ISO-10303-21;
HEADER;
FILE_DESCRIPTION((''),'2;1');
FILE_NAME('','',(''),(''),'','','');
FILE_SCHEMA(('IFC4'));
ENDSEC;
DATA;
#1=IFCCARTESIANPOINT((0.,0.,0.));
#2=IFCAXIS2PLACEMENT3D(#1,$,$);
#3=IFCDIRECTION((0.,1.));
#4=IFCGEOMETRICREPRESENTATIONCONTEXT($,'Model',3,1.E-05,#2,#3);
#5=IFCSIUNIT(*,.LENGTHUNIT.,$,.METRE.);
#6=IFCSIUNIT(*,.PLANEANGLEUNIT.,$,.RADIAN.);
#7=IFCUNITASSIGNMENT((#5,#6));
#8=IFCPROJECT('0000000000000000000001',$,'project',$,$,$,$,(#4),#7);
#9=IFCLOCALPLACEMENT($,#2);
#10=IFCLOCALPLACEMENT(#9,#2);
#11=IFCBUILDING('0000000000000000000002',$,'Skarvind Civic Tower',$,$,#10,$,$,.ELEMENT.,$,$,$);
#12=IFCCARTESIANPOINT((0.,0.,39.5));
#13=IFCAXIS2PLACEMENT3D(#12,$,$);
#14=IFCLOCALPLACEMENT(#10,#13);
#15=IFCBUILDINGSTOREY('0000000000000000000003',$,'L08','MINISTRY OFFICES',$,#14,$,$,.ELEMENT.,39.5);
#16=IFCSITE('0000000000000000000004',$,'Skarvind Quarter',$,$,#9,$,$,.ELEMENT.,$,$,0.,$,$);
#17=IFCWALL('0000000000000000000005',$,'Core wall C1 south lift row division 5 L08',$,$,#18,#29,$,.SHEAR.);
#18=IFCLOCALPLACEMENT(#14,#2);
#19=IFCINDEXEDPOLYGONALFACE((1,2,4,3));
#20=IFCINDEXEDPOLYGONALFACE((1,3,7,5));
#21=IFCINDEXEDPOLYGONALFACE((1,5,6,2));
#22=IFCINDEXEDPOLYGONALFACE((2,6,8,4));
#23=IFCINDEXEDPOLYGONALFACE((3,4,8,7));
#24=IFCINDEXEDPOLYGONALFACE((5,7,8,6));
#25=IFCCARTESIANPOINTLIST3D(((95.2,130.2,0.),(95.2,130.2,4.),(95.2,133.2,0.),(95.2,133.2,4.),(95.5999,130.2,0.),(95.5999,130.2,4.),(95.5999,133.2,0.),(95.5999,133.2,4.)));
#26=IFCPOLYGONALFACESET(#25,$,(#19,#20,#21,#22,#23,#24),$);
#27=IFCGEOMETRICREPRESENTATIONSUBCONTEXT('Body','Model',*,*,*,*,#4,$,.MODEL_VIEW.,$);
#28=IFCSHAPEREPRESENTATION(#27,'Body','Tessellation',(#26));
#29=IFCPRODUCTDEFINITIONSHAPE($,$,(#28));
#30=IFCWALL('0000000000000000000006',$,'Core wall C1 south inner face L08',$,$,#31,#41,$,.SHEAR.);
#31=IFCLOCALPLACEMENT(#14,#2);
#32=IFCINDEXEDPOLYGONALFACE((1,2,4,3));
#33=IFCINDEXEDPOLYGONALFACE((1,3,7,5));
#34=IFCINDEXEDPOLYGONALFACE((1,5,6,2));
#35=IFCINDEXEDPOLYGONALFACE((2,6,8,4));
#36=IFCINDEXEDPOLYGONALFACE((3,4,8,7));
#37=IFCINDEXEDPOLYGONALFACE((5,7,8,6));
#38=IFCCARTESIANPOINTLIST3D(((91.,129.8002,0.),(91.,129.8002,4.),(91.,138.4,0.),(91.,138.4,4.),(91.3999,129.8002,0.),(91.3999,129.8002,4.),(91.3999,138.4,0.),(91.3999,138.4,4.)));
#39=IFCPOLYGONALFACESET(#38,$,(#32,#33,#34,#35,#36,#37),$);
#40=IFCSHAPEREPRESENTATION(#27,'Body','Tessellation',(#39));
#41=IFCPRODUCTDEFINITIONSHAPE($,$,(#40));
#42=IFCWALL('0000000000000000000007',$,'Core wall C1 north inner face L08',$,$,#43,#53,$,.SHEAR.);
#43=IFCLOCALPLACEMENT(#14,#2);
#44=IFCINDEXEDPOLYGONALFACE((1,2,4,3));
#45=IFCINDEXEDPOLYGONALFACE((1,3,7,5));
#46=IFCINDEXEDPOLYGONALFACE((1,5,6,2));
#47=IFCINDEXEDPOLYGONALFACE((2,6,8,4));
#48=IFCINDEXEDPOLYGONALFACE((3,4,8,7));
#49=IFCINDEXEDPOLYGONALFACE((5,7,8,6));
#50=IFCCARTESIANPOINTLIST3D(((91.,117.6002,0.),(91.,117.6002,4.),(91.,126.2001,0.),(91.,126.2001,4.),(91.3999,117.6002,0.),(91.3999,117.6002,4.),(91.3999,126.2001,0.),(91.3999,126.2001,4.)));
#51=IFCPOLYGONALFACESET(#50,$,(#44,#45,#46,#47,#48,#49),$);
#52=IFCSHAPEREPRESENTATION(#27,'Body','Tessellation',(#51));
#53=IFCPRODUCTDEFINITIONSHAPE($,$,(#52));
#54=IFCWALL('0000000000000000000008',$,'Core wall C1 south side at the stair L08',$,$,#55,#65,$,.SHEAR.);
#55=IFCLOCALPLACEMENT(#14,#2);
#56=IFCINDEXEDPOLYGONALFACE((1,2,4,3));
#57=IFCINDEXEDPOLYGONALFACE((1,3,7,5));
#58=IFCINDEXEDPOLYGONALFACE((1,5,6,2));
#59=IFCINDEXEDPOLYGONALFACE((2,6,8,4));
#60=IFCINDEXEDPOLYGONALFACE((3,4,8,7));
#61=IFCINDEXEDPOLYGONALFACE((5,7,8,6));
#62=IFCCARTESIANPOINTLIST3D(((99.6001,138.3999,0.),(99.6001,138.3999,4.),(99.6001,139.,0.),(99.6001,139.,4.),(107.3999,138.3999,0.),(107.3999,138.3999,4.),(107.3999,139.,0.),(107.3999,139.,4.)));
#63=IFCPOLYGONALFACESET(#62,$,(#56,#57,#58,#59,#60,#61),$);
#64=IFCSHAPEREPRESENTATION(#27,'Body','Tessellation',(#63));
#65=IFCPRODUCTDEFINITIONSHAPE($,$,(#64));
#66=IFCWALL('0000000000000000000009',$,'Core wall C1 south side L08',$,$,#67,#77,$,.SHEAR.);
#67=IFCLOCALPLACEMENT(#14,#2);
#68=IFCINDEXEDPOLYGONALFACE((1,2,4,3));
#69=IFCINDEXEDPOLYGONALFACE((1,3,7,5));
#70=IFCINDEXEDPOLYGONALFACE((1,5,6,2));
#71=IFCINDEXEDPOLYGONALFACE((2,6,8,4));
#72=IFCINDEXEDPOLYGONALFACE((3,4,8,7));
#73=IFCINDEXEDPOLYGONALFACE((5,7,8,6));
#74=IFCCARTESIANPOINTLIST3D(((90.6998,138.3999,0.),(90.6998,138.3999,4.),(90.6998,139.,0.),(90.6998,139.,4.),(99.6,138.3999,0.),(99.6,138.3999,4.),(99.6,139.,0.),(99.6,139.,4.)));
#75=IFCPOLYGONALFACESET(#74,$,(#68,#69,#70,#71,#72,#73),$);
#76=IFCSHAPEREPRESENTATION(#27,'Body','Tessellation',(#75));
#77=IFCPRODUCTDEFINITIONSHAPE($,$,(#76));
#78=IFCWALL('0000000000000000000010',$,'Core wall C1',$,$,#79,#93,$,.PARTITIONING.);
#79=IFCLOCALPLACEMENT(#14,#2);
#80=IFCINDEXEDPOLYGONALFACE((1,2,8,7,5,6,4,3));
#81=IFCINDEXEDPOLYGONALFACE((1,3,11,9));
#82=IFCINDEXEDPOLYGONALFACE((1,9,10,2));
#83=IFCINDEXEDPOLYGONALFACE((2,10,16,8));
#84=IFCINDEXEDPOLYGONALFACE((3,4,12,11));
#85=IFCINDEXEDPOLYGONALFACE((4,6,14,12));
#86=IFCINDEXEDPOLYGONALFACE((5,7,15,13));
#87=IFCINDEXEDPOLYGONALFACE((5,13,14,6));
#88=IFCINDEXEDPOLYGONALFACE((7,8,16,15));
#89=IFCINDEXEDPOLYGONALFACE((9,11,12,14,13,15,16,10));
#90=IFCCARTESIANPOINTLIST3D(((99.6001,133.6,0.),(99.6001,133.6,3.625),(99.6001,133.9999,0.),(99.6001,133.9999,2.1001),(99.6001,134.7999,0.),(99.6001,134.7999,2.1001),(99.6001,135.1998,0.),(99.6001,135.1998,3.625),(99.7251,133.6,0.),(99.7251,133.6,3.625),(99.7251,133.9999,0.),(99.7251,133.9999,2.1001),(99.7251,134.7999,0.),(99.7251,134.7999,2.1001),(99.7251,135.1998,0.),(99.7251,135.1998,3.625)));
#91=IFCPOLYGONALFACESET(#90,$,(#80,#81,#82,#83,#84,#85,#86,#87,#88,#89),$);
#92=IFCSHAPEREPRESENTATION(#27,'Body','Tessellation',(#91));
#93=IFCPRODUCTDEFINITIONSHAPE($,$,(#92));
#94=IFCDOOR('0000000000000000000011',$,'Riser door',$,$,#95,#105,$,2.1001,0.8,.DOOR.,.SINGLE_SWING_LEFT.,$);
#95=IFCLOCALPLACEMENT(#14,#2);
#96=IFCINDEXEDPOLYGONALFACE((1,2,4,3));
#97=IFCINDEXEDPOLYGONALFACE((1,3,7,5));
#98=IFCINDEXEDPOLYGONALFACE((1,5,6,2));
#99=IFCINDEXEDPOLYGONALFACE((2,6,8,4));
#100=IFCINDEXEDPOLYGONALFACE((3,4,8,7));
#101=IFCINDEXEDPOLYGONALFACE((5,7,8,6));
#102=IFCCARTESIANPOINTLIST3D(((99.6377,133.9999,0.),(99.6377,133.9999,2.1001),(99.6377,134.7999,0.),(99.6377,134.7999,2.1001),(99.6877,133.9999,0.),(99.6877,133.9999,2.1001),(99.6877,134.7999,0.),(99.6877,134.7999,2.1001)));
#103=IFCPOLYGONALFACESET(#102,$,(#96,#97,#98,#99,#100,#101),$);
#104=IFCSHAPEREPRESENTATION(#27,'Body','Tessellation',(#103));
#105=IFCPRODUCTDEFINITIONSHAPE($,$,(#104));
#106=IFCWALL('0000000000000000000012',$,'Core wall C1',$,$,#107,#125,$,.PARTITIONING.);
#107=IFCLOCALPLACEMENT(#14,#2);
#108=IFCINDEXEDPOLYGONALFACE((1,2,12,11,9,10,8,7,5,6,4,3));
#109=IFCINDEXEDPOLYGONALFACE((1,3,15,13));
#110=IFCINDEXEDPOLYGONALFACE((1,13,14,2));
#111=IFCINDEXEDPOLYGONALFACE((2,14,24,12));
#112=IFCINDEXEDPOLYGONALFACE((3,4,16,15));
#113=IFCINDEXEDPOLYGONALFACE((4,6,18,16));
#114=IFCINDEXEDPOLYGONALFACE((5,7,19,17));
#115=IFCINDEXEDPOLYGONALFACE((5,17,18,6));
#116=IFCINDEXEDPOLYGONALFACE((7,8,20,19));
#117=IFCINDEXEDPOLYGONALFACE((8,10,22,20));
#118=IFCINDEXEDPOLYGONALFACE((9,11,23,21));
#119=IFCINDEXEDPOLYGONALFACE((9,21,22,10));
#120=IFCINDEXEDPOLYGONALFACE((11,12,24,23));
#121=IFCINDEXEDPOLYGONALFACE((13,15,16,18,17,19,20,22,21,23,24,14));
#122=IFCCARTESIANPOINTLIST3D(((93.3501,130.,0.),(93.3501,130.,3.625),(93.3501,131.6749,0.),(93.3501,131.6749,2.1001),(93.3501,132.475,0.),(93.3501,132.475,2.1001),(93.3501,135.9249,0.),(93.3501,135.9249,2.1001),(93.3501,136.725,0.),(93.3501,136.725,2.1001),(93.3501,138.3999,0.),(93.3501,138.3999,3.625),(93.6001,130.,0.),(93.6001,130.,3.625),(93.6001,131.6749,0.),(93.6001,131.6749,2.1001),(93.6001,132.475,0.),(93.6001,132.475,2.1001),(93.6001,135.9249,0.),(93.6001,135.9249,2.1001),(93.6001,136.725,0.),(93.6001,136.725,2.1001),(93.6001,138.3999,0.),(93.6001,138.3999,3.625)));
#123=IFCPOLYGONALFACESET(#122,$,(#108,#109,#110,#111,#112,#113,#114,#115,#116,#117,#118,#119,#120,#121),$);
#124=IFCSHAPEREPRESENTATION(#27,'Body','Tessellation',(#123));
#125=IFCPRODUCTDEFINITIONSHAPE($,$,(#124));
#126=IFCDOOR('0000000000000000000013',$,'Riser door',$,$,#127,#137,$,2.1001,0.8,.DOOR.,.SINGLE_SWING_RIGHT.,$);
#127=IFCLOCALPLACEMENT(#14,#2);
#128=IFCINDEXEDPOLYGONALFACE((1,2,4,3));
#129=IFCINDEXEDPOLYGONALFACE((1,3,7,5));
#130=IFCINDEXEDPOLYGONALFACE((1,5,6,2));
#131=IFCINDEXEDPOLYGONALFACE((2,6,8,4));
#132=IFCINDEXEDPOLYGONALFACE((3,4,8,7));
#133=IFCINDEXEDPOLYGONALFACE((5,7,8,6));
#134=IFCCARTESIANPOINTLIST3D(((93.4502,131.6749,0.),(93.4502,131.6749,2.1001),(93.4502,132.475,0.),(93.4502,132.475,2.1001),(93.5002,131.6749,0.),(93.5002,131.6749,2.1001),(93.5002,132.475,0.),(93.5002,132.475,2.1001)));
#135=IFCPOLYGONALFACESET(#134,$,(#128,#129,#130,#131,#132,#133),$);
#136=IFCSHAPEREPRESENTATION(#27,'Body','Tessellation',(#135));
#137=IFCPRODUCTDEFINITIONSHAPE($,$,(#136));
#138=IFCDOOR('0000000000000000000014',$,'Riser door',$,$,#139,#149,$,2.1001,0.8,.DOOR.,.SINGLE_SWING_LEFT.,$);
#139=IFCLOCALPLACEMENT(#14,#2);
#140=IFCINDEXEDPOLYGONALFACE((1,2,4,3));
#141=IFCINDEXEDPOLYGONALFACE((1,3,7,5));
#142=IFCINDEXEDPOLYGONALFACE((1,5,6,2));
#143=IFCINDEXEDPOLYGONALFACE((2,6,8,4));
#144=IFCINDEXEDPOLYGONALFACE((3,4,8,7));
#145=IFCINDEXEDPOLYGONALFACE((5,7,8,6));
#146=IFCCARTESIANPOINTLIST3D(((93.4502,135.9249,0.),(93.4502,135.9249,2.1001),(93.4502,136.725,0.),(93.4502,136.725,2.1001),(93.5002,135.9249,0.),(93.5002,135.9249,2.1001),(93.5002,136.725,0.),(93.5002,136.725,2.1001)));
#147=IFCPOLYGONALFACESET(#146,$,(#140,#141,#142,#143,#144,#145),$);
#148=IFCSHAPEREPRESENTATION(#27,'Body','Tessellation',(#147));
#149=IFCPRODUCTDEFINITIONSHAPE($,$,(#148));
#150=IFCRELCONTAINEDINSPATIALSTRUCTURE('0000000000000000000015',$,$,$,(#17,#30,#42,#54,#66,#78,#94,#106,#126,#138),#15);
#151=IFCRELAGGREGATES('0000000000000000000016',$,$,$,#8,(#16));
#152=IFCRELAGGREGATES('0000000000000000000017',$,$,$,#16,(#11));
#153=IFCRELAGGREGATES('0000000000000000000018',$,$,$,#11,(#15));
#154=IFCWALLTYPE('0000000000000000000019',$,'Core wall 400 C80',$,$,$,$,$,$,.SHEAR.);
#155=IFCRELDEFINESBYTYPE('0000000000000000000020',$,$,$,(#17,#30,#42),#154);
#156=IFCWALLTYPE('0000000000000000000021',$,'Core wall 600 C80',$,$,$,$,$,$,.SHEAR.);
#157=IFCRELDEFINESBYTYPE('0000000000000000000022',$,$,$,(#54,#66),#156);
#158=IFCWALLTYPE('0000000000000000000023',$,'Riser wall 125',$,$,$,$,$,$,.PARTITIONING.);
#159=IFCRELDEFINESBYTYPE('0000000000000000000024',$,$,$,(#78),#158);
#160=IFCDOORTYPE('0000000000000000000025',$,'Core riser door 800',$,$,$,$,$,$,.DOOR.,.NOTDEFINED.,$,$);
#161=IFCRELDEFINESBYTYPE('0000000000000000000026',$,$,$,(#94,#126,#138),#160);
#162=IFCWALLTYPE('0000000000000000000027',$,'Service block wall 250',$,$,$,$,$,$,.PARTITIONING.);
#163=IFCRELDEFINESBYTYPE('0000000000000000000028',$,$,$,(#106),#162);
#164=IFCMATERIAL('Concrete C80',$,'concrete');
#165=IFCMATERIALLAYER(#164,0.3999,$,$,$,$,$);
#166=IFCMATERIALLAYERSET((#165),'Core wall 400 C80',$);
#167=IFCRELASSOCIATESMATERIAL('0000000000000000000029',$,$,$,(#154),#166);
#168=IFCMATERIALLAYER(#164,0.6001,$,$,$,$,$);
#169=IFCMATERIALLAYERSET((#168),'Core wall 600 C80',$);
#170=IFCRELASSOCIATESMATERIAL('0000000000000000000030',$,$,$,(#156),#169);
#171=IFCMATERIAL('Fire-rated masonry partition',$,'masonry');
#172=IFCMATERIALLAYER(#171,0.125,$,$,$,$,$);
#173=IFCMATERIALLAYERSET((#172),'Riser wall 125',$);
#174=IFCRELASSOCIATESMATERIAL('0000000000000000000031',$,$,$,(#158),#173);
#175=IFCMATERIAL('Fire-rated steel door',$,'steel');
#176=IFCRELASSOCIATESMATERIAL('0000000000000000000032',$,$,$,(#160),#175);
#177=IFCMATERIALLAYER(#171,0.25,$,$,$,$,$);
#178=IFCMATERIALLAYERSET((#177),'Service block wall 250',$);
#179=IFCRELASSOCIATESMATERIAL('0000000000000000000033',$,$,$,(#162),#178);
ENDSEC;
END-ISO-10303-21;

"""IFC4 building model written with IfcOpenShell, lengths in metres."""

from ifc_helpers import new_model, si_unit, direction, frame, frame_2d, origin, place, context, subcontext, project, spatial, rectangle, extrude, material, layer, layer_set, type_object, element, fill, save


model = new_model("IFC4")

# Units and contexts
model_context = context("Model", 3, precision=1e-05, world=origin(), true_north=direction((0.0, 1.0)))
body_context = subcontext(model_context, "Body", "Model", "MODEL_VIEW")
ifc_project = project(units=[si_unit("LENGTHUNIT", "METRE"), si_unit("PLANEANGLEUNIT", "RADIAN")], contexts=[model_context])

# Site, building, storey
site_placement = place(None, origin())
site = spatial("IfcSite", under=ifc_project, at=site_placement, Name="Skarvind Quarter", CompositionType="ELEMENT", RefElevation=0.0)
building_placement = place(site_placement, origin())
building = spatial("IfcBuilding", under=site, at=building_placement, Name="Skarvind Civic Tower", CompositionType="ELEMENT")
storey_placement = place(building_placement, frame((0.0, 0.0, 39.5)))
storey = spatial("IfcBuildingStorey", under=building, at=storey_placement, Name="L08", Description="MINISTRY OFFICES", CompositionType="ELEMENT", Elevation=39.5)

# Shared definitions
ifc_material_1 = material(Name="Concrete C80", Category="concrete")

# Shared definitions
ifc_material_2 = material(Name="Fire-rated masonry partition", Category="masonry")
ifc_material_3 = material(Name="Fire-rated steel door", Category="steel")

# Shared definitions
ifc_layer_1 = layer(ifc_material_1, 0.3999)
ifc_layer_set_1 = layer_set([ifc_layer_1], Name="Core wall 400 C80")
wall_type_1 = type_object("IfcWallType", Name="Core wall 400 C80", PredefinedType="SHEAR", material=ifc_layer_set_1)

# Walls
for number, where, z_axis, x_axis, name in (
    (1, (95.3999, 133.2, 0.0), (0.0, 0.0, 1.0), (0.0, -1.0, 0.0), "Core wall C1 south lift row division 5 L08"),
):
    element("IfcWall", number, at=place(storey_placement, frame(where, z_axis=z_axis, x_axis=x_axis)), inside=storey, type_object=wall_type_1, Name=name, PredefinedType="SHEAR", context=body_context, shape_type="SweptSolid", body=[
        extrude(rectangle(XDim=3.0, YDim=0.3999, at=frame_2d((1.5, 0.0))), origin(), (0.0, 0.0, 1.0), 4.0),
    ])
for number, where, z_axis, x_axis, name in (
    (2, (91.2, 138.3999, 0.0), (0.0, 0.0, 1.0), (0.0, -1.0, 0.0), "Core wall C1 south inner face L08"),
    (3, (91.2, 126.2, 0.0), (0.0, 0.0, 1.0), (0.0, -1.0, 0.0), "Core wall C1 north inner face L08"),
):
    element("IfcWall", number, at=place(storey_placement, frame(where, z_axis=z_axis, x_axis=x_axis)), inside=storey, type_object=wall_type_1, Name=name, PredefinedType="SHEAR", context=body_context, shape_type="SweptSolid", body=[
        extrude(rectangle(XDim=8.5999, YDim=0.3999, at=frame_2d((4.2998, 0.0))), origin(), (0.0, 0.0, 1.0), 4.0),
    ])
ifc_layer_2 = layer(ifc_material_1, 0.6001)
ifc_layer_set_2 = layer_set([ifc_layer_2], Name="Core wall 600 C80")
wall_type_2 = type_object("IfcWallType", Name="Core wall 600 C80", PredefinedType="SHEAR", material=ifc_layer_set_2)
wall_1_placement = place(storey_placement, frame((107.3999, 138.7, 0.0), z_axis=(0.0, 0.0, 1.0), x_axis=(-1.0, 0.0, 0.0)))
element("IfcWall", 4, at=wall_1_placement, inside=storey, type_object=wall_type_2, Name="Core wall C1 south side at the stair L08", PredefinedType="SHEAR", context=body_context, shape_type="SweptSolid", body=[
    extrude(rectangle(XDim=7.7998, YDim=0.6001, at=frame_2d((3.8999, 0.0))), origin(), (0.0, 0.0, 1.0), 4.0),
])
wall_2_placement = place(storey_placement, frame((99.6001, 138.7, 0.0), z_axis=(0.0, 0.0, 1.0), x_axis=(-1.0, 0.0, 0.0)))
element("IfcWall", 5, at=wall_2_placement, inside=storey, type_object=wall_type_2, Name="Core wall C1 south side L08", PredefinedType="SHEAR", context=body_context, shape_type="SweptSolid", body=[
    extrude(rectangle(XDim=8.9001, YDim=0.6001, at=frame_2d((4.4502, 0.0))), origin(), (0.0, 0.0, 1.0), 4.0),
])

# Wall, opening, door
ifc_layer_3 = layer(ifc_material_2, 0.125)
ifc_layer_set_3 = layer_set([ifc_layer_3], Name="Riser wall 125")
wall_type_3 = type_object("IfcWallType", Name="Riser wall 125", PredefinedType="PARTITIONING", material=ifc_layer_set_3)
wall_3_placement = place(storey_placement, frame((99.6626, 133.6001, 0.0), z_axis=(0.0, 0.0, 1.0), x_axis=(0.0, 1.0, 0.0)))
wall_3 = element("IfcWall", 6, at=wall_3_placement, inside=storey, type_object=wall_type_3, Name="Core wall C1", PredefinedType="PARTITIONING", context=body_context, shape_type="SweptSolid", body=[
    extrude(rectangle(XDim=1.5999, YDim=0.125, at=frame_2d((0.7998, 0.0))), origin(), (0.0, 0.0, 1.0), 3.625),
])
opening_1_placement = place(wall_3_placement, frame((0.3999, 0.0, 0.0)))
opening_1 = element("IfcOpeningElement", 7, at=opening_1_placement, cuts=wall_3, PredefinedType="OPENING", context=body_context, shape_type="SweptSolid", body=[
    extrude(rectangle(XDim=0.8, YDim=2.1001, at=frame_2d((0.3999, 1.05))), frame((0.0, 0.0725, 0.0), z_axis=(0.0, -1.0, 0.0), x_axis=(1.0, 0.0, 0.0)), (0.0, 0.0, 1.0), 0.145),
])
door_type_1 = type_object("IfcDoorType", Name="Core riser door 800", OperationType="NOTDEFINED", PredefinedType="DOOR", material=ifc_material_3)
door_1_placement = place(opening_1_placement, origin())
door_1 = element("IfcDoor", 8, at=door_1_placement, inside=storey, type_object=door_type_1, Name="Riser door", OperationType="SINGLE_SWING_LEFT", OverallHeight=2.1001, OverallWidth=0.8, PredefinedType="DOOR", context=body_context, shape_type="SweptSolid", body=[
    extrude(rectangle(XDim=0.8, YDim=2.1001, at=frame_2d((0.3999, 1.05))), frame((0.0, 0.0249, 0.0), z_axis=(0.0, -1.0, 0.0), x_axis=(1.0, 0.0, 0.0)), (0.0, 0.0, 1.0), 0.05),
])
fill(opening_1, door_1)

# Wall, openings, doors
ifc_layer_4 = layer(ifc_material_2, 0.25)
ifc_layer_set_4 = layer_set([ifc_layer_4], Name="Service block wall 250")
wall_type_4 = type_object("IfcWallType", Name="Service block wall 250", PredefinedType="PARTITIONING", material=ifc_layer_set_4)
wall_4_placement = place(storey_placement, frame((93.4751, 130.0, 0.0), z_axis=(0.0, 0.0, 1.0), x_axis=(0.0, 1.0, 0.0)))
wall_4 = element("IfcWall", 9, at=wall_4_placement, inside=storey, type_object=wall_type_4, Name="Core wall C1", PredefinedType="PARTITIONING", context=body_context, shape_type="SweptSolid", body=[
    extrude(rectangle(XDim=8.3999, YDim=0.25, at=frame_2d((4.2, 0.0))), origin(), (0.0, 0.0, 1.0), 3.625),
])
opening_2_placement = place(wall_4_placement, frame((1.675, 0.0, 0.0)))
opening_2 = element("IfcOpeningElement", 10, at=opening_2_placement, cuts=wall_4, PredefinedType="OPENING", context=body_context, shape_type="SweptSolid", body=[
    extrude(rectangle(XDim=0.8, YDim=2.1001, at=frame_2d((0.3999, 1.05))), frame((0.0, 0.135, 0.0), z_axis=(0.0, -1.0, 0.0), x_axis=(1.0, 0.0, 0.0)), (0.0, 0.0, 1.0), 0.27),
])
opening_3_placement = place(wall_4_placement, frame((5.925, 0.0, 0.0)))
opening_3 = element("IfcOpeningElement", 11, at=opening_3_placement, cuts=wall_4, PredefinedType="OPENING", context=body_context, shape_type="SweptSolid", body=[
    extrude(rectangle(XDim=0.8, YDim=2.1001, at=frame_2d((0.3999, 1.05))), frame((0.0, 0.135, 0.0), z_axis=(0.0, -1.0, 0.0), x_axis=(1.0, 0.0, 0.0)), (0.0, 0.0, 1.0), 0.27),
])
door_2_placement = place(opening_2_placement, origin())
door_2 = element("IfcDoor", 12, at=door_2_placement, inside=storey, type_object=door_type_1, Name="Riser door", OperationType="SINGLE_SWING_RIGHT", OverallHeight=2.1001, OverallWidth=0.8, PredefinedType="DOOR", context=body_context, shape_type="SweptSolid", body=[
    extrude(rectangle(XDim=0.8, YDim=2.1001, at=frame_2d((0.3999, 1.05))), frame((0.0, 0.0249, 0.0), z_axis=(0.0, -1.0, 0.0), x_axis=(1.0, 0.0, 0.0)), (0.0, 0.0, 1.0), 0.05),
])
fill(opening_2, door_2)
door_3_placement = place(opening_3_placement, origin())
door_3 = element("IfcDoor", 13, at=door_3_placement, inside=storey, type_object=door_type_1, Name="Riser door", OperationType="SINGLE_SWING_LEFT", OverallHeight=2.1001, OverallWidth=0.8, PredefinedType="DOOR", context=body_context, shape_type="SweptSolid", body=[
    extrude(rectangle(XDim=0.8, YDim=2.1001, at=frame_2d((0.3999, 1.05))), frame((0.0, 0.0249, 0.0), z_axis=(0.0, -1.0, 0.0), x_axis=(1.0, 0.0, 0.0)), (0.0, 0.0, 1.0), 0.05),
])
fill(opening_3, door_3)

save(model, "model.ifc")
